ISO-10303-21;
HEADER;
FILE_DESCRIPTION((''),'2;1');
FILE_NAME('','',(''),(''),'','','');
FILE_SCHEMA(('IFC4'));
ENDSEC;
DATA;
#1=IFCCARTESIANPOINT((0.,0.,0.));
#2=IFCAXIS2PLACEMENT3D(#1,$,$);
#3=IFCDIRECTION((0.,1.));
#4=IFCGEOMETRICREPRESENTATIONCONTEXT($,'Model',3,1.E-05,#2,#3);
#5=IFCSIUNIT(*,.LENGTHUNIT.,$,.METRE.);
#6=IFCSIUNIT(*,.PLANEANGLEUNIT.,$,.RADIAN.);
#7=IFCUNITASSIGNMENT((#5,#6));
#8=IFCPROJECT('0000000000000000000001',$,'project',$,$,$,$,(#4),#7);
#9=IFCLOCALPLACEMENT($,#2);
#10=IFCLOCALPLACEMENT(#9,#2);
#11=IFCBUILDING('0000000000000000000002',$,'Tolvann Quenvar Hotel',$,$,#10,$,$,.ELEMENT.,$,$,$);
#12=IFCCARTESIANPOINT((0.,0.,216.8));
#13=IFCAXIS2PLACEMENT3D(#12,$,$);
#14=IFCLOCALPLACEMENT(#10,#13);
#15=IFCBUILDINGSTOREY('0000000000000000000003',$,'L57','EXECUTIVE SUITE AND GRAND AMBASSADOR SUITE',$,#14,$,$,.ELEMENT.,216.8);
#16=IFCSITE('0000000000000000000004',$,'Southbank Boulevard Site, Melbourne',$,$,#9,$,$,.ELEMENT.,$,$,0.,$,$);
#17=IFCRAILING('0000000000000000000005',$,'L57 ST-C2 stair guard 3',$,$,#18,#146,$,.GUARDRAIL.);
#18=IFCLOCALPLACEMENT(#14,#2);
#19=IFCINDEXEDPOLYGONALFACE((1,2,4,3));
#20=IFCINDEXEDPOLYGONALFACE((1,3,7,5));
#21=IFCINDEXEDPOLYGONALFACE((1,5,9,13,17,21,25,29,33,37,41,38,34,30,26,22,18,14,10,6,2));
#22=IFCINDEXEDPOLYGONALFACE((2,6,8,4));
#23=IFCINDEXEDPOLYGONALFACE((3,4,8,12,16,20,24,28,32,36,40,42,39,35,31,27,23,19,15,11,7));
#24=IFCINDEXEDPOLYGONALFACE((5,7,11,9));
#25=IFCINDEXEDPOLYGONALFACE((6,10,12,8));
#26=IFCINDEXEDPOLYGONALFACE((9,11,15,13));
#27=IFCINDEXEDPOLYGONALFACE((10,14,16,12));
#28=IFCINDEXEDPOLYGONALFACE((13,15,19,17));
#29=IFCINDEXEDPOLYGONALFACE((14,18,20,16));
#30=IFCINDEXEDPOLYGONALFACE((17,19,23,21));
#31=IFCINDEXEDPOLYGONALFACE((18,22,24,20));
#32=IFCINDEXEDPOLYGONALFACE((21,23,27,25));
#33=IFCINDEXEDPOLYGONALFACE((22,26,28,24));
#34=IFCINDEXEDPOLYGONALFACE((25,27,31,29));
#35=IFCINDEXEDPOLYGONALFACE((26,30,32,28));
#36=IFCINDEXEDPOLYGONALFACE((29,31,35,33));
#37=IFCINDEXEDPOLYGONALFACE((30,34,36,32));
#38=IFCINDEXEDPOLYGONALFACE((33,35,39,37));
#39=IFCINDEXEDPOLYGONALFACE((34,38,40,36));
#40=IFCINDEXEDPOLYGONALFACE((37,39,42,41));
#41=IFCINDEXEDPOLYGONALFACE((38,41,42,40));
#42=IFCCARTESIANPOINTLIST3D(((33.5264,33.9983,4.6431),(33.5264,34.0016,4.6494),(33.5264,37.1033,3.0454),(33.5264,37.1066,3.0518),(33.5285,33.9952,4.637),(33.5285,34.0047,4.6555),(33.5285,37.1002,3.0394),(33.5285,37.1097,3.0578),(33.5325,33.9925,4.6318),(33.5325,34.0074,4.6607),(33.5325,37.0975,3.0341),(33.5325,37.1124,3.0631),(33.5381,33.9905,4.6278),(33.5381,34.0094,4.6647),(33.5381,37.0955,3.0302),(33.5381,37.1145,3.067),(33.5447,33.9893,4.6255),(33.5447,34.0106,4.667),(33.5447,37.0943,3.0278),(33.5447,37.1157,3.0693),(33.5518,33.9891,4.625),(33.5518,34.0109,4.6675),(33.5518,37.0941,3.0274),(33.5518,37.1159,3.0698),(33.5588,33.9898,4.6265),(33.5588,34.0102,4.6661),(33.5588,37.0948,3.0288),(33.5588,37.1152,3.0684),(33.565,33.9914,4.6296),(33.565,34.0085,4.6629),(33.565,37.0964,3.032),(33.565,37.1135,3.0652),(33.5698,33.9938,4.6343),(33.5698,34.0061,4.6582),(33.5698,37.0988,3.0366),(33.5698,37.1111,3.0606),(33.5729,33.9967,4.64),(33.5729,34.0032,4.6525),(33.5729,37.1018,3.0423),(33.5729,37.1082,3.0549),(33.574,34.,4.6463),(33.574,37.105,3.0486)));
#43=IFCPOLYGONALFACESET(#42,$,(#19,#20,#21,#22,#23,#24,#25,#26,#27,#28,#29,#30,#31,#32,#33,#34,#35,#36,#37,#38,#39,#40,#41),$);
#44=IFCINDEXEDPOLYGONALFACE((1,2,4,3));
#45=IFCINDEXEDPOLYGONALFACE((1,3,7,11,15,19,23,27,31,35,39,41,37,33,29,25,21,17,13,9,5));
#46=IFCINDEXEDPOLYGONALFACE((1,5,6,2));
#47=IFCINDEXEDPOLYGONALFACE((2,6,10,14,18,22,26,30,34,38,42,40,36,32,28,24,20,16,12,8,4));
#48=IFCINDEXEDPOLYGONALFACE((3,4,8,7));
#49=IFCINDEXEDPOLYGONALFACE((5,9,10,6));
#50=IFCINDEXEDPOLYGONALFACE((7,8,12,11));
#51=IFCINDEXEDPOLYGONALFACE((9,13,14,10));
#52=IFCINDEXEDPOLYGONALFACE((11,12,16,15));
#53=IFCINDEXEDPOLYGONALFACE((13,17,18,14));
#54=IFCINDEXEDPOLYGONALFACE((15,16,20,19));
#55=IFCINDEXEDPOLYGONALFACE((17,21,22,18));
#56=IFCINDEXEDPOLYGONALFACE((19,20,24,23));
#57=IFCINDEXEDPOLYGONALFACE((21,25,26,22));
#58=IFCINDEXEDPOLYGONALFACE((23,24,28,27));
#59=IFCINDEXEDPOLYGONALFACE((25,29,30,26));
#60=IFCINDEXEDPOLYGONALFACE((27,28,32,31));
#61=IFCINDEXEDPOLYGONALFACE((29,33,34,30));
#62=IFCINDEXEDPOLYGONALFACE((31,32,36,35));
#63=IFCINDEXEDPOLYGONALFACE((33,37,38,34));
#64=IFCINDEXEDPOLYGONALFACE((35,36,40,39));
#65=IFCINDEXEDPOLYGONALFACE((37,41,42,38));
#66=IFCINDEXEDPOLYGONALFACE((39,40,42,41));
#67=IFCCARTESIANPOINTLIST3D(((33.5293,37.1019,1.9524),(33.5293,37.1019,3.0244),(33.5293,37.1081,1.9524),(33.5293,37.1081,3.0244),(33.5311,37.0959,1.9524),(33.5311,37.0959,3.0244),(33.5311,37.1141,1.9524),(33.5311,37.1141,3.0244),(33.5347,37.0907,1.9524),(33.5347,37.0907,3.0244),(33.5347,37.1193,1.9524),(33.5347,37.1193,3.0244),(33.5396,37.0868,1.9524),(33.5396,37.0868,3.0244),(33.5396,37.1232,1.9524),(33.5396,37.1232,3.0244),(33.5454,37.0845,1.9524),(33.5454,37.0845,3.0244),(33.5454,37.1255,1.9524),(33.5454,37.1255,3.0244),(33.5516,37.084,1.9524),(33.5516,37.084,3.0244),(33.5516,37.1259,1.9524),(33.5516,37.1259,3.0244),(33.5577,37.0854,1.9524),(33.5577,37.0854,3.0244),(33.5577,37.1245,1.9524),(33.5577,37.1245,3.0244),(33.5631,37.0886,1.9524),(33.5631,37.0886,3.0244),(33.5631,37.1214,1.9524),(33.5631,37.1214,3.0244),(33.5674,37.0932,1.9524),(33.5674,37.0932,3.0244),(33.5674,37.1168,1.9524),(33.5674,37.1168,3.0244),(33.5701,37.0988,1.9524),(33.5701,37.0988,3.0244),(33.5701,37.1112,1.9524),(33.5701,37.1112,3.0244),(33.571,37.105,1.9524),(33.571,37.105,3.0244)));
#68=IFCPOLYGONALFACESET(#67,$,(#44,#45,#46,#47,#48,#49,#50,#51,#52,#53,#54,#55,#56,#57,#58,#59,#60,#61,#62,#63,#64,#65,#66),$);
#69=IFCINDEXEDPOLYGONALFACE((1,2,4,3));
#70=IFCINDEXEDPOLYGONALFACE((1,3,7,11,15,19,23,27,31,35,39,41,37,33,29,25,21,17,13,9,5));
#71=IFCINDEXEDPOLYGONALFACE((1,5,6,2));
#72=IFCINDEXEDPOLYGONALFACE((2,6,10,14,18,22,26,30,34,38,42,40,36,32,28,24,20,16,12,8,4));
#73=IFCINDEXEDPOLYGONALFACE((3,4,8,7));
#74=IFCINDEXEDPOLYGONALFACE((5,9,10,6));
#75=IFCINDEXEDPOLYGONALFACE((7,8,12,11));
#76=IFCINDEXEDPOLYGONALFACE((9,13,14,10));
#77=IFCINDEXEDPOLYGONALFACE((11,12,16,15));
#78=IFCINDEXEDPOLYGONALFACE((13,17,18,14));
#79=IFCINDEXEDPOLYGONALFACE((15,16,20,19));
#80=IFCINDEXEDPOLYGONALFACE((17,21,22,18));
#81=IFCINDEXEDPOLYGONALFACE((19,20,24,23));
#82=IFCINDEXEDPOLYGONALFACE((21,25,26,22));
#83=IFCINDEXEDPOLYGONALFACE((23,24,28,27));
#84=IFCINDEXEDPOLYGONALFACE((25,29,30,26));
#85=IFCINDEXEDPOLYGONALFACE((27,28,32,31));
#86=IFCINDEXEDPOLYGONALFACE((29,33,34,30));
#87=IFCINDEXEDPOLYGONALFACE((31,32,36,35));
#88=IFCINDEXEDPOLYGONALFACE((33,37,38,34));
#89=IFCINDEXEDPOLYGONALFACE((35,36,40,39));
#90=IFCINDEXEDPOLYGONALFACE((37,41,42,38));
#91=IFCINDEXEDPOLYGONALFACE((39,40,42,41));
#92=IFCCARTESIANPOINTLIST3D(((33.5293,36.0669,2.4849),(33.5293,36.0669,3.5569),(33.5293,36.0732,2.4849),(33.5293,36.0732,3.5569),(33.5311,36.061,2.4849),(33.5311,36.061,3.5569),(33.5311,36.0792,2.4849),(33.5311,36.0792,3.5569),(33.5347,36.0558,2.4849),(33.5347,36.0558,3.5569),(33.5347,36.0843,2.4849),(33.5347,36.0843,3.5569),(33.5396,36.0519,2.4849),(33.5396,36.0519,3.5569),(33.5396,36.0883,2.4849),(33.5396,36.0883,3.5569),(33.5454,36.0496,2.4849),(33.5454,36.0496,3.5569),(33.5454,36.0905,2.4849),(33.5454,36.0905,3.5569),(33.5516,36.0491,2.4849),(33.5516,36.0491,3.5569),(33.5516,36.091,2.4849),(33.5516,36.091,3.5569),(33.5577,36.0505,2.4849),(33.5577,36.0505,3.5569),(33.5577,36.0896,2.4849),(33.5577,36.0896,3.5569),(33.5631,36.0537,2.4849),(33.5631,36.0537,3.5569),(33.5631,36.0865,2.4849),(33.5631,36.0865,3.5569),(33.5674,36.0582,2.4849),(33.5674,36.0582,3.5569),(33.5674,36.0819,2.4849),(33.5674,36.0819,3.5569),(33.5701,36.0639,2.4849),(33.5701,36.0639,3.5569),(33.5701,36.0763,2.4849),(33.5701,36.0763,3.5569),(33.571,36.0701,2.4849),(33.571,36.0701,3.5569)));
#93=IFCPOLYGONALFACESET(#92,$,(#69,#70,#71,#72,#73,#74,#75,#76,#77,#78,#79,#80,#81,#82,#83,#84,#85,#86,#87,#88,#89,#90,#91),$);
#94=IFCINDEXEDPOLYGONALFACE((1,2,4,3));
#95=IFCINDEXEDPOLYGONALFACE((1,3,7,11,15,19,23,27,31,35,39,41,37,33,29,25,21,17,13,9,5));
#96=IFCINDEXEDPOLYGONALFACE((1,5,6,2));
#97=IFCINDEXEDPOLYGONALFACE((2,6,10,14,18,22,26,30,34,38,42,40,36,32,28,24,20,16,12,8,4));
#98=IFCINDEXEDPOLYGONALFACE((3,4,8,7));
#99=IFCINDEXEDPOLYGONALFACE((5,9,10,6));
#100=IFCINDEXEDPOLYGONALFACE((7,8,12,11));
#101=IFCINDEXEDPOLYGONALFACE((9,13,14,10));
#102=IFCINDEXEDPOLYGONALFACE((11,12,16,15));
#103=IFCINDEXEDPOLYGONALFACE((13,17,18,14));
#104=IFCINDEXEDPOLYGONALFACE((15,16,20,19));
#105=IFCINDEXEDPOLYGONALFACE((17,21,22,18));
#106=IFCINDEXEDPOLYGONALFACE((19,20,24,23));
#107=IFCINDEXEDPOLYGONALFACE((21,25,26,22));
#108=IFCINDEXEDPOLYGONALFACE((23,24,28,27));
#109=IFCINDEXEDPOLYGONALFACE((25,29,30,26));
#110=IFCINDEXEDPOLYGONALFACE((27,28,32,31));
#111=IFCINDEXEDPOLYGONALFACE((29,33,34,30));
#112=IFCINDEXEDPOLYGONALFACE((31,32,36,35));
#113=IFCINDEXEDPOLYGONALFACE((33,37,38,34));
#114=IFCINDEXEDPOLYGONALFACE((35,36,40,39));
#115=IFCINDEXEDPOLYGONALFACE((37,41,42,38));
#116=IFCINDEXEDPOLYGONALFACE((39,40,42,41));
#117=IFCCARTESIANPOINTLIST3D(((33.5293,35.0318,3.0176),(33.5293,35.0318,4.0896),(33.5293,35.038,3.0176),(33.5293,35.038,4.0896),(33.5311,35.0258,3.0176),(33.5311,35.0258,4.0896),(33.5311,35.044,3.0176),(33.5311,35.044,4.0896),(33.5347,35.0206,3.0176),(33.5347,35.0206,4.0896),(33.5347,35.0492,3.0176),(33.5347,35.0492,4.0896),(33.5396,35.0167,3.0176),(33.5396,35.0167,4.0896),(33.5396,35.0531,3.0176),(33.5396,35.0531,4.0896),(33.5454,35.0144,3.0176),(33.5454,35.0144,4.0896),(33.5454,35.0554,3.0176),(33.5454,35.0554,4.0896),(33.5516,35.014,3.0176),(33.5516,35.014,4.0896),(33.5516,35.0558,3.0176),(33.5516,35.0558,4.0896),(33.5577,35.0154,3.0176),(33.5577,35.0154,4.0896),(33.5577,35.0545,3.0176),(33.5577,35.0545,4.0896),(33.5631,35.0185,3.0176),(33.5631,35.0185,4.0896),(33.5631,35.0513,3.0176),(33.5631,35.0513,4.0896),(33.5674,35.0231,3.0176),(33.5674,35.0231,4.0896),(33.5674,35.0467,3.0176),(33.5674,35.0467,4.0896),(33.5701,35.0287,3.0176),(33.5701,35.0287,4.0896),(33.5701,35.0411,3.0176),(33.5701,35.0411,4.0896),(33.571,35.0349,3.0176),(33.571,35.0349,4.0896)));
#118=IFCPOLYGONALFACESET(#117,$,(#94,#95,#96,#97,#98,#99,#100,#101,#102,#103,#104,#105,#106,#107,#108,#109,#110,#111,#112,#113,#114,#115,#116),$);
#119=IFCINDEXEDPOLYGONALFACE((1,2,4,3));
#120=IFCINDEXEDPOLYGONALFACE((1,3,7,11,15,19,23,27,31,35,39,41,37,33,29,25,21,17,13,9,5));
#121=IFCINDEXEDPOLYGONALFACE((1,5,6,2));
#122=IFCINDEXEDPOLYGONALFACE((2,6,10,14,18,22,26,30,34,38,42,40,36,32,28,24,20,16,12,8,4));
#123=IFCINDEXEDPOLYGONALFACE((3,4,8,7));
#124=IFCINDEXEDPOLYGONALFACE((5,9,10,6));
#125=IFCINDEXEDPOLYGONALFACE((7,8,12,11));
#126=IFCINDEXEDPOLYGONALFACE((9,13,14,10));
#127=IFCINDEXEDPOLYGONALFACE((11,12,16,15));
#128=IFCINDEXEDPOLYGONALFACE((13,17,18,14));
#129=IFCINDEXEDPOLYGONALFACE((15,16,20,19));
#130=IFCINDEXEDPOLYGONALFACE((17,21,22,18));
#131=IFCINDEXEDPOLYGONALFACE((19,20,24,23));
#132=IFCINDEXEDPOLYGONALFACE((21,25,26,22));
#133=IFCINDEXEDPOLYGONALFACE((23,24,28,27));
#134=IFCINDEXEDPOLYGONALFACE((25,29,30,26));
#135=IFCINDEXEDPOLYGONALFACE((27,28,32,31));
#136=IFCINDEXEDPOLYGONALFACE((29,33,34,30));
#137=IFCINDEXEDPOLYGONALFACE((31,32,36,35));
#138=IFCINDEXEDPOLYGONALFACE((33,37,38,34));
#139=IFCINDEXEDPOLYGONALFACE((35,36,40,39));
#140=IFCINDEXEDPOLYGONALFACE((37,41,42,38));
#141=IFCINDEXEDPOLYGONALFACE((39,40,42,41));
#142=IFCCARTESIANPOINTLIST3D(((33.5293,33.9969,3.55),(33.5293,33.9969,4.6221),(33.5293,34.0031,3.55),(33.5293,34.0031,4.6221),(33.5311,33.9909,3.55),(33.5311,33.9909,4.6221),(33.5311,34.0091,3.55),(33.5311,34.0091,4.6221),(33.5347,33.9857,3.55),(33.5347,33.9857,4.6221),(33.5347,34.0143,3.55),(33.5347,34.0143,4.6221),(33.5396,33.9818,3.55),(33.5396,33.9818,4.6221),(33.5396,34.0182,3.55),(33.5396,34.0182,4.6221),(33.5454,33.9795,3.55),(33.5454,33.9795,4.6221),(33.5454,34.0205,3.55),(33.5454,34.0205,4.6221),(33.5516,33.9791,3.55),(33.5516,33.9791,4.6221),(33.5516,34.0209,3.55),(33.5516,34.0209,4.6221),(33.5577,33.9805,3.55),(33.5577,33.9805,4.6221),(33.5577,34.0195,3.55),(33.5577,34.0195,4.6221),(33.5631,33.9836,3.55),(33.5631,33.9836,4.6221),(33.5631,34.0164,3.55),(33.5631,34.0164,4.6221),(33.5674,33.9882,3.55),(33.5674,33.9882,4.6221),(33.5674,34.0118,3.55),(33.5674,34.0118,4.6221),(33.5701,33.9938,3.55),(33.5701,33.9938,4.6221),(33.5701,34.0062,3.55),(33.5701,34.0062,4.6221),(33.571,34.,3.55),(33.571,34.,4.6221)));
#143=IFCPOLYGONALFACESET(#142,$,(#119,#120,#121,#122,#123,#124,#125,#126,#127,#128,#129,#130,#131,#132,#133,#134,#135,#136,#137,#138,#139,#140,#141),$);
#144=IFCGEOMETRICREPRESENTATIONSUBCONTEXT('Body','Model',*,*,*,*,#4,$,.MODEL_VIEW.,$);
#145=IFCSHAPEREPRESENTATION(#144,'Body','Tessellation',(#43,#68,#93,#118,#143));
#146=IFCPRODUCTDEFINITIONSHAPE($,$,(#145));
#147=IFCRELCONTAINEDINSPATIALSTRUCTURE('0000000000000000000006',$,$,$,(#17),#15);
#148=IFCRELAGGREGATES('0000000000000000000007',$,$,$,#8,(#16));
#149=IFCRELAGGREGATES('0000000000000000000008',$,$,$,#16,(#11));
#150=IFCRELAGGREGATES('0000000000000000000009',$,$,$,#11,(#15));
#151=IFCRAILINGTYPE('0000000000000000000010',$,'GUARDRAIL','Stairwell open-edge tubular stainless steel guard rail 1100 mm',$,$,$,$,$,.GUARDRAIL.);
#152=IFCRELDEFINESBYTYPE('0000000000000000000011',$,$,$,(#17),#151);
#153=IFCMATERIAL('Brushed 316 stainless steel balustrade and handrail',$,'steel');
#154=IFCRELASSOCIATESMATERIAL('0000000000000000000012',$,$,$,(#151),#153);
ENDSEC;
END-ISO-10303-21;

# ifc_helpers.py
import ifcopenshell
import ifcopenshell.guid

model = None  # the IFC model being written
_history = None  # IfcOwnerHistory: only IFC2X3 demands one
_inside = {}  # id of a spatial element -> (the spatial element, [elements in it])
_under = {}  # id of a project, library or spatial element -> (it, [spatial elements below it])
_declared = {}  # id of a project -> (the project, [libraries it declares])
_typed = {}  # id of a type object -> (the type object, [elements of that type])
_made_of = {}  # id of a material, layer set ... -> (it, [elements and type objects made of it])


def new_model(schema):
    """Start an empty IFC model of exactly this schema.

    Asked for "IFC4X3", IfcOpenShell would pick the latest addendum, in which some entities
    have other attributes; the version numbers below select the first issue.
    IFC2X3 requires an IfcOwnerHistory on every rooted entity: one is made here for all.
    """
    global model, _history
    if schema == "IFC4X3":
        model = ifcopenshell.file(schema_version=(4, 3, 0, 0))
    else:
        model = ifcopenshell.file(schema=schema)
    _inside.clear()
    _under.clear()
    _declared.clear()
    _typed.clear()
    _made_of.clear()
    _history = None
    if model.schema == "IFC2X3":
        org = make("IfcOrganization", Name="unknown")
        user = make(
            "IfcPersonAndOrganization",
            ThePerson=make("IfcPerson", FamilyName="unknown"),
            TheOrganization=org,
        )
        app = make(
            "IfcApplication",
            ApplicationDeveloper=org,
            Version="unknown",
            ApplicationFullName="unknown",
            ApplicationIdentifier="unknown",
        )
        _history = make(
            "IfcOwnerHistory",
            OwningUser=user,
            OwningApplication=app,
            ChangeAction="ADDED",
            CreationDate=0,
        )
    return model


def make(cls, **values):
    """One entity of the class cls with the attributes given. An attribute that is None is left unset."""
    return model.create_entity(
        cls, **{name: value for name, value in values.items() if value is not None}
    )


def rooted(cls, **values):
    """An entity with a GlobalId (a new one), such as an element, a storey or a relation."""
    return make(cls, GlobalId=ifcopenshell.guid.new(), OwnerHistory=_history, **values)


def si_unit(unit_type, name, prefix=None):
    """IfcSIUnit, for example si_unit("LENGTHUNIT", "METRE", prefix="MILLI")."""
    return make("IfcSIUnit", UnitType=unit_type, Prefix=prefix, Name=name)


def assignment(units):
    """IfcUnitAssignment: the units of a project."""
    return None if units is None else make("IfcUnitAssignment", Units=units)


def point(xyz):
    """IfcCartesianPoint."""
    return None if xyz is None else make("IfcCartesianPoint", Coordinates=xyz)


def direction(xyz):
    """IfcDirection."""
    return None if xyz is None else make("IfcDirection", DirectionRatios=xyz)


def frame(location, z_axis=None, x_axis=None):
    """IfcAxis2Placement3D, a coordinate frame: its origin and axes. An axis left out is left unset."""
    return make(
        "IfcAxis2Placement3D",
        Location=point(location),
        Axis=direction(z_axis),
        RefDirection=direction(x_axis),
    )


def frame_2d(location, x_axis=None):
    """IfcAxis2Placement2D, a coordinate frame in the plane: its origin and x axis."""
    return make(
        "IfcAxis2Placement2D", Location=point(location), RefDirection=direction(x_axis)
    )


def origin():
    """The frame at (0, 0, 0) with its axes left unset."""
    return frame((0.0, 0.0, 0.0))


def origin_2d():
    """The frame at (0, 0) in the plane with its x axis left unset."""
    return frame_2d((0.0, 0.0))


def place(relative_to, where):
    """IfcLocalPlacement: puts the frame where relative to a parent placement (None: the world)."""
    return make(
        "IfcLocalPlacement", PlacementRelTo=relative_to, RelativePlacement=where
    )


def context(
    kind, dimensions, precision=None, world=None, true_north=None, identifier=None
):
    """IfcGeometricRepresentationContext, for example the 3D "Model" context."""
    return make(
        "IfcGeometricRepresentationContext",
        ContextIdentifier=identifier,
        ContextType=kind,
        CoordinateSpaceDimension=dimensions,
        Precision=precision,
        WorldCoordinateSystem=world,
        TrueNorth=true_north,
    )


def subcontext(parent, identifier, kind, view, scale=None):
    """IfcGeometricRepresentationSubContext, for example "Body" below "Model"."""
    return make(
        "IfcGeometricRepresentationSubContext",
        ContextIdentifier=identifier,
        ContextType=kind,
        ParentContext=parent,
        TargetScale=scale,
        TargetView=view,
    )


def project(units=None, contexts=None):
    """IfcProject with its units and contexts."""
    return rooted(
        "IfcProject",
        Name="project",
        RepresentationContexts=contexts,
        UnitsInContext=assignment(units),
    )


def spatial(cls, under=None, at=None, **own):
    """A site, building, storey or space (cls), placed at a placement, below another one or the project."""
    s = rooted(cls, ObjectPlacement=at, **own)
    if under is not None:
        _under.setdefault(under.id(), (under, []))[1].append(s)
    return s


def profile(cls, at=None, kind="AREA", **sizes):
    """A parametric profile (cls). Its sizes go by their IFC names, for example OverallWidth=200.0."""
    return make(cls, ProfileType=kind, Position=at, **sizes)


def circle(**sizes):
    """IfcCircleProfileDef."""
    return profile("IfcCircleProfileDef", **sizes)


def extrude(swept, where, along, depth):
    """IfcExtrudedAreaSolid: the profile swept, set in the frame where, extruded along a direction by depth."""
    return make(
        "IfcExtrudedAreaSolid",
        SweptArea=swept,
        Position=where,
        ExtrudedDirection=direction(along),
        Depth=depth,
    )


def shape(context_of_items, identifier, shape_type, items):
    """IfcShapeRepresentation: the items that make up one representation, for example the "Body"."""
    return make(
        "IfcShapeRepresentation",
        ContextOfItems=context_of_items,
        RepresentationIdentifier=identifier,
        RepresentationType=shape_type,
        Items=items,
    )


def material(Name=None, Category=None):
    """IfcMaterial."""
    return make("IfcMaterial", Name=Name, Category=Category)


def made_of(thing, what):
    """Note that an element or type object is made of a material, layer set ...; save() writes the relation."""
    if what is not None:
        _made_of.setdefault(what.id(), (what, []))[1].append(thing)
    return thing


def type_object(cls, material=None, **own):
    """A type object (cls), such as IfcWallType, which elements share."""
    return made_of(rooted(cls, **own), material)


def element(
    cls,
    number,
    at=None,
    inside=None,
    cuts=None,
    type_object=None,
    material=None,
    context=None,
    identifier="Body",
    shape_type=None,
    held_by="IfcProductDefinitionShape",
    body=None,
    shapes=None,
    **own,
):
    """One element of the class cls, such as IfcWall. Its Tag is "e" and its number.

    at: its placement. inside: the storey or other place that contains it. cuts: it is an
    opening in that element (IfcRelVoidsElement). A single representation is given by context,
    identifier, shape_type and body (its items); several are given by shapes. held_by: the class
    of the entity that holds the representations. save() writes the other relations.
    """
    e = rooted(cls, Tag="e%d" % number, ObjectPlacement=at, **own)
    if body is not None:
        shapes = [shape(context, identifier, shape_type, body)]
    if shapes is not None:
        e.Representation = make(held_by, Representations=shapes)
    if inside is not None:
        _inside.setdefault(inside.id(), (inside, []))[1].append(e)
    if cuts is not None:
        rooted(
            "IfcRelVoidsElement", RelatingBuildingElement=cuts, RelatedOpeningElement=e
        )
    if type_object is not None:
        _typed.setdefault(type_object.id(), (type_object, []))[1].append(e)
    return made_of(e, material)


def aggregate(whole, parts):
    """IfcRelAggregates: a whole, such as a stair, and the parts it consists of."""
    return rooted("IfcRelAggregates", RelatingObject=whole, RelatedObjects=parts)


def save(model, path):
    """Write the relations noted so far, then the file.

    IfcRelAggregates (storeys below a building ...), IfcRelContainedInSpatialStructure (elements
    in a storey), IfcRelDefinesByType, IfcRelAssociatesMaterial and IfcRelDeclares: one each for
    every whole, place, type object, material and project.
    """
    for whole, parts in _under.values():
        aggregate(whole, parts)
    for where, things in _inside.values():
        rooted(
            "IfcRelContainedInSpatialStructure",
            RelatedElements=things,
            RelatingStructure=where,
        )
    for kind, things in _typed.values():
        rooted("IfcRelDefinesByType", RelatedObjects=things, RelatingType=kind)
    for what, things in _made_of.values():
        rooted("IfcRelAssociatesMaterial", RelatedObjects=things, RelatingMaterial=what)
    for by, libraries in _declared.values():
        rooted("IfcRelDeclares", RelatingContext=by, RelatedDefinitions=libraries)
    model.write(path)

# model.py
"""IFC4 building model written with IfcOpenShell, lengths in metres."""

from ifc_helpers import new_model, si_unit, direction, frame, origin, origin_2d, place, context, subcontext, project, spatial, circle, extrude, material, type_object, element, save


model = new_model("IFC4")

# Units and contexts
model_context = context("Model", 3, precision=1e-05, world=origin(), true_north=direction((0.0, 1.0)))
body_context = subcontext(model_context, "Body", "Model", "MODEL_VIEW")
ifc_project = project(units=[si_unit("LENGTHUNIT", "METRE"), si_unit("PLANEANGLEUNIT", "RADIAN")], contexts=[model_context])

# Site, building, storey
site_placement = place(None, origin())
site = spatial("IfcSite", under=ifc_project, at=site_placement, Name="Southbank Boulevard Site, Melbourne", CompositionType="ELEMENT", RefElevation=0.0)
building_placement = place(site_placement, origin())
building = spatial("IfcBuilding", under=site, at=building_placement, Name="Tolvann Quenvar Hotel", CompositionType="ELEMENT")
storey_placement = place(building_placement, frame((0.0, 0.0, 216.8)))
storey = spatial("IfcBuildingStorey", under=building, at=storey_placement, Name="L57", Description="EXECUTIVE SUITE AND GRAND AMBASSADOR SUITE", CompositionType="ELEMENT", Elevation=216.8)

# Railing
ifc_material_1 = material(Name="Brushed 316 stainless steel balustrade and handrail", Category="steel")
railing_type_1 = type_object("IfcRailingType", Name="GUARDRAIL", Description="Stairwell open-edge tubular stainless steel guard rail 1100 mm", PredefinedType="GUARDRAIL", material=ifc_material_1)
railing_1_placement = place(storey_placement, frame((33.55, 37.105, 1.9524)))
element("IfcRailing", 1, at=railing_1_placement, inside=storey, type_object=railing_type_1, Name="L57 ST-C2 stair guard 3", PredefinedType="GUARDRAIL", context=body_context, shape_type="SweptSolid", body=[
    extrude(circle(Radius=0.0239, at=origin_2d()), frame((0.0, 0.0, 1.0962), z_axis=(0.0, -0.889194, 0.457531), x_axis=(1.0, 0.0, 0.0)), (0.0, 0.0, 1.0), 3.4919),
    extrude(circle(Radius=0.021, at=origin_2d()), origin(), (0.0, 0.0, 1.0), 1.072),
    extrude(circle(Radius=0.021, at=origin_2d()), frame((0.0, -1.0349, 0.5325)), (0.0, 0.0, 1.0), 1.072),
    extrude(circle(Radius=0.021, at=origin_2d()), frame((0.0, -2.0701, 1.0652)), (0.0, 0.0, 1.0), 1.072),
    extrude(circle(Radius=0.021, at=origin_2d()), frame((0.0, -3.105, 1.5977)), (0.0, 0.0, 1.0), 1.072),
])

save(model, "model.ifc")
